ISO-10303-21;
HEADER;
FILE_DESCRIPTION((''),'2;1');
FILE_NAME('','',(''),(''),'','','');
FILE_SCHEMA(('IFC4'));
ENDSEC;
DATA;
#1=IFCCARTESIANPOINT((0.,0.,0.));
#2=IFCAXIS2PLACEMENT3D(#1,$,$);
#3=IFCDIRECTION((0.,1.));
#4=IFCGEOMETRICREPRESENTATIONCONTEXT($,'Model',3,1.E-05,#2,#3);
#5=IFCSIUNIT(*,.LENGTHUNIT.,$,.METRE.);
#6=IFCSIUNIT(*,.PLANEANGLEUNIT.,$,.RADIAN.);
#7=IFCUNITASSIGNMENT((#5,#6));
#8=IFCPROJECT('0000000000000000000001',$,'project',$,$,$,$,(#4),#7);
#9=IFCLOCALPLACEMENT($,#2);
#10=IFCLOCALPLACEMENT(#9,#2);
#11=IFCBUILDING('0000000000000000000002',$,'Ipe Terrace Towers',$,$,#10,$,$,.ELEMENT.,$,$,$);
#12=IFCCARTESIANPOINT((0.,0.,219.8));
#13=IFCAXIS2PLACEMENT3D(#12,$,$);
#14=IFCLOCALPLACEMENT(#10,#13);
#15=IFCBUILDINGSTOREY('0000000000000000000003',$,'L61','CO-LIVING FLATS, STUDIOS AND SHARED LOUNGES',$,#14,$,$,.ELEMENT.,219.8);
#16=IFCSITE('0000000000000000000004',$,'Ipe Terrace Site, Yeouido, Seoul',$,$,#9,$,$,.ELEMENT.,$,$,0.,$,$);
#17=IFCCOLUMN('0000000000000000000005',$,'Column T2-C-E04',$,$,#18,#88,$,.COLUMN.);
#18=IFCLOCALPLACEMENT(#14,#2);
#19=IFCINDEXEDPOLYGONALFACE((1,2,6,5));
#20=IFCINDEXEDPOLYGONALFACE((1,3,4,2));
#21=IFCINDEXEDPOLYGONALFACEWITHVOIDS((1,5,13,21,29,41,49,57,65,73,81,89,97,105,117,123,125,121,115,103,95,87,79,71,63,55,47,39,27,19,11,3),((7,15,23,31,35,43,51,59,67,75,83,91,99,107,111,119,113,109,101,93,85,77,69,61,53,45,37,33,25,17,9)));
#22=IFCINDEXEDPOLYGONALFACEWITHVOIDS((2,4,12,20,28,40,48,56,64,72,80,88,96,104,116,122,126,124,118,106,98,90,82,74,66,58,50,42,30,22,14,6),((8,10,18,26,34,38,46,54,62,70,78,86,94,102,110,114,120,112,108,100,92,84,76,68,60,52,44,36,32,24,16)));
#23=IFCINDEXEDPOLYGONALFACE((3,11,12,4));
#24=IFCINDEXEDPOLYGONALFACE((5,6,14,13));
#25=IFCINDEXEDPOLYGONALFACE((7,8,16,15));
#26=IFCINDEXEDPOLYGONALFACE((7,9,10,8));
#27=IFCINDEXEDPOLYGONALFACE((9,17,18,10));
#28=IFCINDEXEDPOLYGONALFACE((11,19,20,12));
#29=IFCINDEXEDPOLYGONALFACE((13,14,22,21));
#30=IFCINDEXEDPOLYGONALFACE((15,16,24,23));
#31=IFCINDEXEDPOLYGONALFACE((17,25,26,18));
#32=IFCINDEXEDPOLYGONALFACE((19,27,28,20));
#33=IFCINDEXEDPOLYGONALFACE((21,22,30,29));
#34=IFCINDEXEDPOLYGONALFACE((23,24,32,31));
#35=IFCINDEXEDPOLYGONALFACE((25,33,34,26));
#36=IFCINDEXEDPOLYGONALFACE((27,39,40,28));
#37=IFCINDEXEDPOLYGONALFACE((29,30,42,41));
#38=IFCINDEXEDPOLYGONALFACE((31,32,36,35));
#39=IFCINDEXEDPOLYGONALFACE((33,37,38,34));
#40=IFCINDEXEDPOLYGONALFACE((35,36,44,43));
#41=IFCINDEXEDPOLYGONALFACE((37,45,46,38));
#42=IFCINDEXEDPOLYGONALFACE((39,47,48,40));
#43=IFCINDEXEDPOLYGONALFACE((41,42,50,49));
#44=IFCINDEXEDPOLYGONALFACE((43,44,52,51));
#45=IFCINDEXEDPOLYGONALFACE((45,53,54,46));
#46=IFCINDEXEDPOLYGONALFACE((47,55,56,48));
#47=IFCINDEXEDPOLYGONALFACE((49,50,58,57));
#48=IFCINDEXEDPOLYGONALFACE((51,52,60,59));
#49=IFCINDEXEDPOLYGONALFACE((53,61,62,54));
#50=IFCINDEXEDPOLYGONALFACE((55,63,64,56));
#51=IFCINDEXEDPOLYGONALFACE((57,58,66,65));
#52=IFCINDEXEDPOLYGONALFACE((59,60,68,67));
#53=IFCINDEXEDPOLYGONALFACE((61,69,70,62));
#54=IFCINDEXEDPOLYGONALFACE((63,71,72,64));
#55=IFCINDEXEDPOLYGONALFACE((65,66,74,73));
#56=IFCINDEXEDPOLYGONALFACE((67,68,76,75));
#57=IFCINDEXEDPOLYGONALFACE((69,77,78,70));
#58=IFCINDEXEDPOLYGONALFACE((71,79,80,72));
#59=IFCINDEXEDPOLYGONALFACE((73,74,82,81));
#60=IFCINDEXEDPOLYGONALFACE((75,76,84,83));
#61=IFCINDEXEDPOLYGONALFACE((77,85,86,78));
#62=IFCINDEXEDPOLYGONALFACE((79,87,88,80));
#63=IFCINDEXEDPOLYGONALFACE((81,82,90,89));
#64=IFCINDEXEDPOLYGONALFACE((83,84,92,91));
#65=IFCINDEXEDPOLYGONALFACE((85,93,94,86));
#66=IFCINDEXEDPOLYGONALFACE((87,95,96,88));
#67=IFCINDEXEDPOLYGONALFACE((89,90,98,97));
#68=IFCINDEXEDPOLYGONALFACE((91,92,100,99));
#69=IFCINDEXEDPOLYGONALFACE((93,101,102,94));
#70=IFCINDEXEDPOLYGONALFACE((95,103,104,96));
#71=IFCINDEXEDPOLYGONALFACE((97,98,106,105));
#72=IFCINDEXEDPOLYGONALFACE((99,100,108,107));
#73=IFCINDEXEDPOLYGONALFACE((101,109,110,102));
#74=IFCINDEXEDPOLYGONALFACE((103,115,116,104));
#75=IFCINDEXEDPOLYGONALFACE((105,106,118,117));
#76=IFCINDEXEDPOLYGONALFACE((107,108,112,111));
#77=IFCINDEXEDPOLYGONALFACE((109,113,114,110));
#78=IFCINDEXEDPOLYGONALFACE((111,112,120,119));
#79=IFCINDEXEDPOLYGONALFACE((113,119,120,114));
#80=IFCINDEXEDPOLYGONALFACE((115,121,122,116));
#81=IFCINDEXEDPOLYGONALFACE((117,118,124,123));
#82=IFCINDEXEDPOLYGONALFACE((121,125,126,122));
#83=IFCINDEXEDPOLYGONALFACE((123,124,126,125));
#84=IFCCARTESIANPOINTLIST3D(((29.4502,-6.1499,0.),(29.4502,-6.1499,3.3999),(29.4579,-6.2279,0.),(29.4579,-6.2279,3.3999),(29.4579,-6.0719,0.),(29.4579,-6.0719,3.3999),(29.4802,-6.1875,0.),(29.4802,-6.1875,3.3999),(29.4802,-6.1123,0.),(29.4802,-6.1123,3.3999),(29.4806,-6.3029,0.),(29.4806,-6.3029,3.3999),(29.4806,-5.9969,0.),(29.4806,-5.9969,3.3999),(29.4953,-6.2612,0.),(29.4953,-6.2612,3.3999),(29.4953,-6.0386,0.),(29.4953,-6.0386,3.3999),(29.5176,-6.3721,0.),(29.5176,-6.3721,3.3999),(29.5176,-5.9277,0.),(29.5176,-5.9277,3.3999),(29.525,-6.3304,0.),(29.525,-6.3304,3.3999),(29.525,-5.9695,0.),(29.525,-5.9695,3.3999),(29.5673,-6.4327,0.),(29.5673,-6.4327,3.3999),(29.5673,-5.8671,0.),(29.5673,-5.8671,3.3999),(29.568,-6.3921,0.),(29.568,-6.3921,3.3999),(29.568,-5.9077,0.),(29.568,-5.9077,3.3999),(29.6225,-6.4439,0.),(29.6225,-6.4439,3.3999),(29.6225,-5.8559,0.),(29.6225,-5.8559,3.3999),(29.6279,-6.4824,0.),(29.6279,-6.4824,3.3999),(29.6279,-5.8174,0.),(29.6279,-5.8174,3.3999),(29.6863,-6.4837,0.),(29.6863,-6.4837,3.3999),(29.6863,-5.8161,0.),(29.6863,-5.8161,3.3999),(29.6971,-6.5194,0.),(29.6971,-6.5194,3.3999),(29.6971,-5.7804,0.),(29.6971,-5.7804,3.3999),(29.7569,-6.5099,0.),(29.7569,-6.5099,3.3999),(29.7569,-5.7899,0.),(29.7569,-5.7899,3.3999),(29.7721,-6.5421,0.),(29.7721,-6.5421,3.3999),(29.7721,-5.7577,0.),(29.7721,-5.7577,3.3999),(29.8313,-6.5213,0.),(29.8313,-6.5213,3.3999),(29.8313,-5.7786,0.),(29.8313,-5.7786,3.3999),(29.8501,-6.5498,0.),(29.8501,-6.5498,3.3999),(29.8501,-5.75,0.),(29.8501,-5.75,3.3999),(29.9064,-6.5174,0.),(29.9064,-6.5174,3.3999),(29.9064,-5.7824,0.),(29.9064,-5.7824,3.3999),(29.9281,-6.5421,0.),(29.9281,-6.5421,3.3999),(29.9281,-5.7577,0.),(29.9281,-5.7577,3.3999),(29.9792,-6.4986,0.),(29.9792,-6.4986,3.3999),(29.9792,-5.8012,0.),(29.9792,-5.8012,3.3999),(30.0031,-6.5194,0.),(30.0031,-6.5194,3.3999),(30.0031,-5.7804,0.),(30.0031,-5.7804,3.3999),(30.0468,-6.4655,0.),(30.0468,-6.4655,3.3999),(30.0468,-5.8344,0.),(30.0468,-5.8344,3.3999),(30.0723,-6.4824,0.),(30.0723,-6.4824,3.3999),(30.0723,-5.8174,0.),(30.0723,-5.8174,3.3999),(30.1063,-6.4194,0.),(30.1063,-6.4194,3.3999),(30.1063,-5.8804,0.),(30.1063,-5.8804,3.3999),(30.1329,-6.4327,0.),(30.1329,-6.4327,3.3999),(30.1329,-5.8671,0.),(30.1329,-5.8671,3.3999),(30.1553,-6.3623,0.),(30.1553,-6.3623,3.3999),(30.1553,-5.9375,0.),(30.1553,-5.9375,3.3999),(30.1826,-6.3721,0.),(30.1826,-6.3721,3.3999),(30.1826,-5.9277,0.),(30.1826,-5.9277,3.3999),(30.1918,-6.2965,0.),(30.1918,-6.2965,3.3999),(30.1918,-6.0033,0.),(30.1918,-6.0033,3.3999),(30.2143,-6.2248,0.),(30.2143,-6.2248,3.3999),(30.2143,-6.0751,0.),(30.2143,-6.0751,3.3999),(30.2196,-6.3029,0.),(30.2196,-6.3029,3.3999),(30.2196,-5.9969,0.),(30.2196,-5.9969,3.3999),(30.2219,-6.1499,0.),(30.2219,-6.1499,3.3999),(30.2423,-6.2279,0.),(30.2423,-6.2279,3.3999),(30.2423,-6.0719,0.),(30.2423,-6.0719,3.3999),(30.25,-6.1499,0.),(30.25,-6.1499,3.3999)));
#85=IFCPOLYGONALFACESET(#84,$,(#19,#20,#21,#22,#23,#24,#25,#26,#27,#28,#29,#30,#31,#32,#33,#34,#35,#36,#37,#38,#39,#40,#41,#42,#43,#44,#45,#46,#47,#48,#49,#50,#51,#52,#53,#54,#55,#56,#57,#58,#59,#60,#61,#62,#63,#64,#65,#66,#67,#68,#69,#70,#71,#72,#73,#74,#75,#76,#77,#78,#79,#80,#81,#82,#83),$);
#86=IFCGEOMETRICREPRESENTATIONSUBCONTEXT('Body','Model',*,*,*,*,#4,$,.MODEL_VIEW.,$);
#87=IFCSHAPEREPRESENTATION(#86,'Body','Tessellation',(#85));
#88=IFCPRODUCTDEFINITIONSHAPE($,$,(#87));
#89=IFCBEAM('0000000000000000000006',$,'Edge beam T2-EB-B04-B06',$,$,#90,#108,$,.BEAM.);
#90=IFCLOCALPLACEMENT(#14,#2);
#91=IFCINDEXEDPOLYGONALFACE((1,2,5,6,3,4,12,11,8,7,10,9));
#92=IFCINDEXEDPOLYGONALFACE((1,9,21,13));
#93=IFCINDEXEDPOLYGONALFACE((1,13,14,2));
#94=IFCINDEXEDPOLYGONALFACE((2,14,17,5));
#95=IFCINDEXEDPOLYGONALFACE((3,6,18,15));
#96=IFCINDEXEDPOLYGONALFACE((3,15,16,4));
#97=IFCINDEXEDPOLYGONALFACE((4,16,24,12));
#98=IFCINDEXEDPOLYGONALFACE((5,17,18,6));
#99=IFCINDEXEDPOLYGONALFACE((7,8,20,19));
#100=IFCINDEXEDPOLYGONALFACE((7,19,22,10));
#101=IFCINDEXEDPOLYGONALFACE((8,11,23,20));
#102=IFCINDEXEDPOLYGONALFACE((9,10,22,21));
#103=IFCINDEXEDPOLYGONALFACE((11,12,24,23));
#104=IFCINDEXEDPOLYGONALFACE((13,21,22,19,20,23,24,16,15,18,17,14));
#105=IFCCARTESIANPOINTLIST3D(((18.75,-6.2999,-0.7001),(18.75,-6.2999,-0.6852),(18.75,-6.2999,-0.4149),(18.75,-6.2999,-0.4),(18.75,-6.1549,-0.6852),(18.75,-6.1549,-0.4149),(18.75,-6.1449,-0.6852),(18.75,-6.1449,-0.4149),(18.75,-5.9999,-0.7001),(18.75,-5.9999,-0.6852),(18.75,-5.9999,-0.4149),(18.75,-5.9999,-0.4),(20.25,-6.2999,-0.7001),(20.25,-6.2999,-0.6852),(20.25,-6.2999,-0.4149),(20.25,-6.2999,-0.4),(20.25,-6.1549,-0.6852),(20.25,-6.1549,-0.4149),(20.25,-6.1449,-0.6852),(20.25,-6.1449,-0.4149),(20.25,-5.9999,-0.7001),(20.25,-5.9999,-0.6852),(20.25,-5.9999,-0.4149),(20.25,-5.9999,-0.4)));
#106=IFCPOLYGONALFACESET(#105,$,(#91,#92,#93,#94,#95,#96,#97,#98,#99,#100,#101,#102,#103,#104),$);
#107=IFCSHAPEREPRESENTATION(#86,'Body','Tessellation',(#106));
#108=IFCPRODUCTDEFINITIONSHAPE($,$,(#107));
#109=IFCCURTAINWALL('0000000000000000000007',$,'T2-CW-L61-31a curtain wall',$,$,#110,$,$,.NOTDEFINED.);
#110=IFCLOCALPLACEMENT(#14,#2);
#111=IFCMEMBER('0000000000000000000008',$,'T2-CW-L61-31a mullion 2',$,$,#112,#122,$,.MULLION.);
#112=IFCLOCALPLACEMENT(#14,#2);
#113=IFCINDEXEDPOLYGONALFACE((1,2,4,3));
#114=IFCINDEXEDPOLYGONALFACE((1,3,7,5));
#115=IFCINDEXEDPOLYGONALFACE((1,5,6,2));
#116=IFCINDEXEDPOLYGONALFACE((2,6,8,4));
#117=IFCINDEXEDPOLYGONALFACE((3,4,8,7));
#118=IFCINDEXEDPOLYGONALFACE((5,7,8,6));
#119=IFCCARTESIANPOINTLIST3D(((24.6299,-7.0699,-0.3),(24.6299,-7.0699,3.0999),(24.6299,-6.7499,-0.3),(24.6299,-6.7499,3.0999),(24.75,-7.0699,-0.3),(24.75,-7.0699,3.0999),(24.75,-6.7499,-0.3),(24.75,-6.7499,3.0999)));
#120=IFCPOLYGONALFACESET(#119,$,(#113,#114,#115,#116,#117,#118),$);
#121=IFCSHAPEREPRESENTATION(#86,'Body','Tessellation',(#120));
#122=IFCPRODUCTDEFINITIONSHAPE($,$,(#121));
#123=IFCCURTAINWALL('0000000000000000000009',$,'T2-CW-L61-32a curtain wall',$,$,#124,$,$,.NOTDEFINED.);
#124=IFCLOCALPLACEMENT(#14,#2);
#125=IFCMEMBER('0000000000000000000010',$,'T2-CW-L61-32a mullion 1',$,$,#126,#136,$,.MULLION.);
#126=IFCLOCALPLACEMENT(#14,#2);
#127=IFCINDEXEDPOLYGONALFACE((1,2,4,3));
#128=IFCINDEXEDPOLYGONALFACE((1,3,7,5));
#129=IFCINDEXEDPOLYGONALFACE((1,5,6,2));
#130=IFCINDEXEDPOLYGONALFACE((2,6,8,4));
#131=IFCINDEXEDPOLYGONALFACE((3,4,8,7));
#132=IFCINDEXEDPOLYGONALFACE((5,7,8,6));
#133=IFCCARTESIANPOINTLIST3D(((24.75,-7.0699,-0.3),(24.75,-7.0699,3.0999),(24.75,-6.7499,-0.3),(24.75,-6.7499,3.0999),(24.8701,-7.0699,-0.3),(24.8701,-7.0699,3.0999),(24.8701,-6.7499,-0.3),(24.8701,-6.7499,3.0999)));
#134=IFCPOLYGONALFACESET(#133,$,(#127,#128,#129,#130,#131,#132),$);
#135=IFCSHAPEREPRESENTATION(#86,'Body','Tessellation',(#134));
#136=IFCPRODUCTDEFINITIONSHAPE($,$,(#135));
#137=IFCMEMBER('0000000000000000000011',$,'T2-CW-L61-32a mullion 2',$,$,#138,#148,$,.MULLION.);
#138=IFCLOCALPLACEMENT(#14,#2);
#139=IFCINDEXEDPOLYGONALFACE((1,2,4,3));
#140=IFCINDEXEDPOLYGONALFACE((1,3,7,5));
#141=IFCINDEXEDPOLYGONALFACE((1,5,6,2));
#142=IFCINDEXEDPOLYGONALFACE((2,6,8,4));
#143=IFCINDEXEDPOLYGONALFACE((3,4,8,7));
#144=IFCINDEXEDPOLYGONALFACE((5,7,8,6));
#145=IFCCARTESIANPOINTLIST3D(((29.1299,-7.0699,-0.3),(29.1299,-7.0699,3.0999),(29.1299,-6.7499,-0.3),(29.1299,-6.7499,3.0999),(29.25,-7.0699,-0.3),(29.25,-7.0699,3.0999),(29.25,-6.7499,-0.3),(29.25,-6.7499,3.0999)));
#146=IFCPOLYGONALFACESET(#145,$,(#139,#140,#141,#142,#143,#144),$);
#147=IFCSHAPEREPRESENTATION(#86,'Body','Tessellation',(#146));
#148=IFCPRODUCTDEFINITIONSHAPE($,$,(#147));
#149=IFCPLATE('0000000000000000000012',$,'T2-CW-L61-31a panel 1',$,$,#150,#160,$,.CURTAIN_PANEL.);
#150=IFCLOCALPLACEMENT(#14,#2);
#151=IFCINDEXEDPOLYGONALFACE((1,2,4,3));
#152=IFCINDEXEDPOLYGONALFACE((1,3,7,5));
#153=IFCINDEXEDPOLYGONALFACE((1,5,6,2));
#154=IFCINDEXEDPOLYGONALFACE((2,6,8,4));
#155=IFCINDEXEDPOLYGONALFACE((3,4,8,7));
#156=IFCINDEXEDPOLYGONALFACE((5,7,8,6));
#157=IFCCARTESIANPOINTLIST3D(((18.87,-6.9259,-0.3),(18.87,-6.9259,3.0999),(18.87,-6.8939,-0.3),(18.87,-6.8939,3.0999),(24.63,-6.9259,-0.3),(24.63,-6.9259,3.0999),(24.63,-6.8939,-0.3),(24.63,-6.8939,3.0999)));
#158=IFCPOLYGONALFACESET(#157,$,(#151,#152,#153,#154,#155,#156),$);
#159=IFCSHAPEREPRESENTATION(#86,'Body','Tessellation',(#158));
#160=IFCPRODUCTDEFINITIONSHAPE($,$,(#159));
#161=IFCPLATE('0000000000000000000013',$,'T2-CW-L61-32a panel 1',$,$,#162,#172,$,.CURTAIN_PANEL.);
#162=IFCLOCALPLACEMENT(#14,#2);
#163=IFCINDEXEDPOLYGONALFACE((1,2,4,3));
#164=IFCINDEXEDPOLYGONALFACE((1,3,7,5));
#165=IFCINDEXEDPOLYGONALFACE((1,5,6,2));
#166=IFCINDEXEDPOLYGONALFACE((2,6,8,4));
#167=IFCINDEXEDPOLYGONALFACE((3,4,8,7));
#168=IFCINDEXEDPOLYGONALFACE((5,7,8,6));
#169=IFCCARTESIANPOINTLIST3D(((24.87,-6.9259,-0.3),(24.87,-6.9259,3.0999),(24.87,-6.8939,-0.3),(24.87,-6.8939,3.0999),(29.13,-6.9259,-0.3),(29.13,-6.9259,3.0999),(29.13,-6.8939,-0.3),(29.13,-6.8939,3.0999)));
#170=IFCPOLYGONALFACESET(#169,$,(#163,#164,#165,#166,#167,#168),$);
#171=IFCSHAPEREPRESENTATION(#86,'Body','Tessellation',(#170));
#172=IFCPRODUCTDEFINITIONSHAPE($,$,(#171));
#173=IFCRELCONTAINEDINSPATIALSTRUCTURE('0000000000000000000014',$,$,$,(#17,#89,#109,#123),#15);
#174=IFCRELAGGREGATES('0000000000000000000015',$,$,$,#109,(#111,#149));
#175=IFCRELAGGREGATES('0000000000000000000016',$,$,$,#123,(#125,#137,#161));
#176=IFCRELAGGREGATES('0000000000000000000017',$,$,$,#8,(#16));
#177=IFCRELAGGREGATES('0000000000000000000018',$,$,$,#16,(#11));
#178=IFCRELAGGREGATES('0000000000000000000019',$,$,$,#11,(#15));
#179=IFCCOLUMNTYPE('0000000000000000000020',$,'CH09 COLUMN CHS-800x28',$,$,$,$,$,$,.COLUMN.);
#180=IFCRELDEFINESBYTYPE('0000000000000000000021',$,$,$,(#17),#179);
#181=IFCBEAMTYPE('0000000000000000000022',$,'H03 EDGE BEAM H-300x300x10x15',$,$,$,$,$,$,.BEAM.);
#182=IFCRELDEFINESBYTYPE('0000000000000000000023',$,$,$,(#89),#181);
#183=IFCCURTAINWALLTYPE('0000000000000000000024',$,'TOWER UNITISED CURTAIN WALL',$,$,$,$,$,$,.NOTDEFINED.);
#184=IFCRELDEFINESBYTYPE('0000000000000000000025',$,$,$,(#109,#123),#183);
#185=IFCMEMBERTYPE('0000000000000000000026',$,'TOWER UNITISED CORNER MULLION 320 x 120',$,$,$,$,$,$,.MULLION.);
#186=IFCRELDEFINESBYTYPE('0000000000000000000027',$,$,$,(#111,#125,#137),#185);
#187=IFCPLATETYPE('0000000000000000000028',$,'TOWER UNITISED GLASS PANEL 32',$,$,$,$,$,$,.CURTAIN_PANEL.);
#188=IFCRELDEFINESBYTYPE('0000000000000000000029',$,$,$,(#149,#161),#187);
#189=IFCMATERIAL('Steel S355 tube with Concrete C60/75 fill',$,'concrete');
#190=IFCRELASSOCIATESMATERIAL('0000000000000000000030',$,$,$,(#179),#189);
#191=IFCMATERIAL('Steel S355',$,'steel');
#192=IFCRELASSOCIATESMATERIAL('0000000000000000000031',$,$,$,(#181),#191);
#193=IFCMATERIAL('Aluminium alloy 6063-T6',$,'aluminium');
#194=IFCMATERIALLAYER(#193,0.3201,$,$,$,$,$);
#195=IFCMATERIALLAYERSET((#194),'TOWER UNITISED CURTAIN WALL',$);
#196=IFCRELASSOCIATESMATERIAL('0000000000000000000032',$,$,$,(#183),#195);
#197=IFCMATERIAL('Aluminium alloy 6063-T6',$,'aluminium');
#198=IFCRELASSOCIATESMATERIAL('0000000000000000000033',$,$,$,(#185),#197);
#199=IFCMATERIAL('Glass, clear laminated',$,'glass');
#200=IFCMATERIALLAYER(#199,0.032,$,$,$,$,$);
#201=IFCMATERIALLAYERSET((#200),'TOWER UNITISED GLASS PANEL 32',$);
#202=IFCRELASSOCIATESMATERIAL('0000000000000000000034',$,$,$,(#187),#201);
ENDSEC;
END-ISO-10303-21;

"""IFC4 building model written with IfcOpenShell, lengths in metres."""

from ifc_helpers import new_model, si_unit, direction, frame, origin, origin_2d, place, context, subcontext, project, spatial, rectangle, hollow_circle, i_section, extrude, material, layer, layer_set, material_profile, profile_set, type_object, element, aggregate, save


model = new_model("IFC4")

# Units and contexts
model_context = context("Model", 3, precision=1e-05, world=origin(), true_north=direction((0.0, 1.0)))
body_context = subcontext(model_context, "Body", "Model", "MODEL_VIEW")
ifc_project = project(units=[si_unit("LENGTHUNIT", "METRE"), si_unit("PLANEANGLEUNIT", "RADIAN")], contexts=[model_context])

# Site, building, storey
site_placement = place(None, origin())
site = spatial("IfcSite", under=ifc_project, at=site_placement, Name="Ipe Terrace Site, Yeouido, Seoul", CompositionType="ELEMENT", RefElevation=0.0)
building_placement = place(site_placement, origin())
building = spatial("IfcBuilding", under=site, at=building_placement, Name="Ipe Terrace Towers", CompositionType="ELEMENT")
storey_placement = place(building_placement, frame((0.0, 0.0, 219.8)))
storey = spatial("IfcBuildingStorey", under=building, at=storey_placement, Name="L61", Description="CO-LIVING FLATS, STUDIOS AND SHARED LOUNGES", CompositionType="ELEMENT", Elevation=219.8)

# Column
ifc_material_1 = material(Name="Steel S355 tube with Concrete C60/75 fill", Category="concrete")
ifc_material_profile_1 = material_profile(ifc_material_1, hollow_circle(Radius=0.3999, WallThickness=0.0281, at=origin_2d()), Name="CHS-800x28")
ifc_profile_set_1 = profile_set([ifc_material_profile_1], Name="Steel S355 tube with Concrete C60/75 fill")
column_type = type_object("IfcColumnType", Name="CH09 COLUMN CHS-800x28", PredefinedType="COLUMN", material=ifc_profile_set_1)
column_placement = place(storey_placement, frame((29.8501, -6.1499, 0.0), z_axis=(0.0, 0.0, 1.0), x_axis=(1.0, 0.0, 0.0)))
element("IfcColumn", 1, at=column_placement, inside=storey, type_object=column_type, Name="Column T2-C-E04", PredefinedType="COLUMN", context=body_context, shape_type="SweptSolid", body=[
    extrude(hollow_circle(Radius=0.3999, WallThickness=0.0281, at=origin_2d()), origin(), (0.0, 0.0, 1.0), 3.3999),
])

# Beam
ifc_material_2 = material(Name="Steel S355", Category="steel")
ifc_material_profile_2 = material_profile(ifc_material_2, i_section(OverallWidth=0.3, OverallDepth=0.3, WebThickness=0.01, FlangeThickness=0.0149, at=origin_2d()), Name="H-300x300x10x15")
ifc_profile_set_2 = profile_set([ifc_material_profile_2], Name="Steel S355")
beam_type = type_object("IfcBeamType", Name="H03 EDGE BEAM H-300x300x10x15", PredefinedType="BEAM", material=ifc_profile_set_2)
beam_placement = place(storey_placement, frame((20.25, -6.1499, -0.55), z_axis=(-1.0, 0.0, 0.0), x_axis=(0.0, -1.0, 0.0)))
element("IfcBeam", 2, at=beam_placement, inside=storey, type_object=beam_type, Name="Edge beam T2-EB-B04-B06", PredefinedType="BEAM", context=body_context, shape_type="SweptSolid", body=[
    extrude(i_section(OverallWidth=0.3, OverallDepth=0.3, WebThickness=0.01, FlangeThickness=0.0149, at=origin_2d()), origin(), (0.0, 0.0, 1.0), 1.5),
])

# Curtain wall, member
ifc_material_3 = material(Name="Aluminium alloy 6063-T6", Category="aluminium")
ifc_layer_1 = layer(ifc_material_3, 0.3201)
ifc_layer_set_1 = layer_set([ifc_layer_1], Name="TOWER UNITISED CURTAIN WALL")
curtain_wall_type = type_object("IfcCurtainWallType", Name="TOWER UNITISED CURTAIN WALL", PredefinedType="NOTDEFINED", material=ifc_layer_set_1)
curtain_wall_1_placement = place(storey_placement, origin())
curtain_wall_1 = element("IfcCurtainWall", 3, at=curtain_wall_1_placement, inside=storey, type_object=curtain_wall_type, Name="T2-CW-L61-31a curtain wall", PredefinedType="NOTDEFINED")
ifc_material_4 = material(Name="Aluminium alloy 6063-T6", Category="aluminium")
ifc_material_profile_3 = material_profile(ifc_material_4, rectangle(XDim=0.3201, YDim=0.1201, at=origin_2d()), Name="TOWER UNITISED CORNER MULLION 320 x 120")
ifc_profile_set_3 = profile_set([ifc_material_profile_3], Name="Aluminium alloy 6063-T6")
member_type = type_object("IfcMemberType", Name="TOWER UNITISED CORNER MULLION 320 x 120", PredefinedType="MULLION", material=ifc_profile_set_3)
member_1_placement = place(storey_placement, frame((24.6899, -6.9099, -0.3), z_axis=(0.0, 0.0, 1.0), x_axis=(0.0, -1.0, 0.0)))
member_1 = element("IfcMember", 4, at=member_1_placement, type_object=member_type, Name="T2-CW-L61-31a mullion 2", PredefinedType="MULLION", context=body_context, shape_type="SweptSolid", body=[
    extrude(rectangle(XDim=0.3201, YDim=0.1201, at=origin_2d()), origin(), (0.0, 0.0, 1.0), 3.3999),
])

# Curtain wall, members
curtain_wall_2_placement = place(storey_placement, origin())
curtain_wall_2 = element("IfcCurtainWall", 5, at=curtain_wall_2_placement, inside=storey, type_object=curtain_wall_type, Name="T2-CW-L61-32a curtain wall", PredefinedType="NOTDEFINED")
member_2_placement = place(storey_placement, frame((24.8101, -6.9099, -0.3), z_axis=(0.0, 0.0, 1.0), x_axis=(0.0, -1.0, 0.0)))
member_2 = element("IfcMember", 6, at=member_2_placement, type_object=member_type, Name="T2-CW-L61-32a mullion 1", PredefinedType="MULLION", context=body_context, shape_type="SweptSolid", body=[
    extrude(rectangle(XDim=0.3201, YDim=0.1201, at=origin_2d()), origin(), (0.0, 0.0, 1.0), 3.3999),
])
member_3_placement = place(storey_placement, frame((29.1899, -6.9099, -0.3), z_axis=(0.0, 0.0, 1.0), x_axis=(0.0, -1.0, 0.0)))
member_3 = element("IfcMember", 7, at=member_3_placement, type_object=member_type, Name="T2-CW-L61-32a mullion 2", PredefinedType="MULLION", context=body_context, shape_type="SweptSolid", body=[
    extrude(rectangle(XDim=0.3201, YDim=0.1201, at=origin_2d()), origin(), (0.0, 0.0, 1.0), 3.3999),
])

# Plates
ifc_material_5 = material(Name="Glass, clear laminated", Category="glass")
ifc_layer_2 = layer(ifc_material_5, 0.032)
ifc_layer_set_2 = layer_set([ifc_layer_2], Name="TOWER UNITISED GLASS PANEL 32")
plate_type = type_object("IfcPlateType", Name="TOWER UNITISED GLASS PANEL 32", PredefinedType="CURTAIN_PANEL", material=ifc_layer_set_2)
plate_1_placement = place(storey_placement, frame((21.75, -6.9099, -0.3), z_axis=(0.0, 0.0, 1.0), x_axis=(1.0, 0.0, 0.0)))
plate_1 = element("IfcPlate", 8, at=plate_1_placement, type_object=plate_type, Name="T2-CW-L61-31a panel 1", PredefinedType="CURTAIN_PANEL", context=body_context, shape_type="SweptSolid", body=[
    extrude(rectangle(XDim=5.76, YDim=0.032, at=origin_2d()), origin(), (0.0, 0.0, 1.0), 3.3999),
])
aggregate(curtain_wall_1, [member_1, plate_1])
plate_2_placement = place(storey_placement, frame((27.0, -6.9099, -0.3), z_axis=(0.0, 0.0, 1.0), x_axis=(1.0, 0.0, 0.0)))
plate_2 = element("IfcPlate", 9, at=plate_2_placement, type_object=plate_type, Name="T2-CW-L61-32a panel 1", PredefinedType="CURTAIN_PANEL", context=body_context, shape_type="SweptSolid", body=[
    extrude(rectangle(XDim=4.26, YDim=0.032, at=origin_2d()), origin(), (0.0, 0.0, 1.0), 3.3999),
])
aggregate(curtain_wall_2, [member_2, member_3, plate_2])

save(model, "model.ifc")
